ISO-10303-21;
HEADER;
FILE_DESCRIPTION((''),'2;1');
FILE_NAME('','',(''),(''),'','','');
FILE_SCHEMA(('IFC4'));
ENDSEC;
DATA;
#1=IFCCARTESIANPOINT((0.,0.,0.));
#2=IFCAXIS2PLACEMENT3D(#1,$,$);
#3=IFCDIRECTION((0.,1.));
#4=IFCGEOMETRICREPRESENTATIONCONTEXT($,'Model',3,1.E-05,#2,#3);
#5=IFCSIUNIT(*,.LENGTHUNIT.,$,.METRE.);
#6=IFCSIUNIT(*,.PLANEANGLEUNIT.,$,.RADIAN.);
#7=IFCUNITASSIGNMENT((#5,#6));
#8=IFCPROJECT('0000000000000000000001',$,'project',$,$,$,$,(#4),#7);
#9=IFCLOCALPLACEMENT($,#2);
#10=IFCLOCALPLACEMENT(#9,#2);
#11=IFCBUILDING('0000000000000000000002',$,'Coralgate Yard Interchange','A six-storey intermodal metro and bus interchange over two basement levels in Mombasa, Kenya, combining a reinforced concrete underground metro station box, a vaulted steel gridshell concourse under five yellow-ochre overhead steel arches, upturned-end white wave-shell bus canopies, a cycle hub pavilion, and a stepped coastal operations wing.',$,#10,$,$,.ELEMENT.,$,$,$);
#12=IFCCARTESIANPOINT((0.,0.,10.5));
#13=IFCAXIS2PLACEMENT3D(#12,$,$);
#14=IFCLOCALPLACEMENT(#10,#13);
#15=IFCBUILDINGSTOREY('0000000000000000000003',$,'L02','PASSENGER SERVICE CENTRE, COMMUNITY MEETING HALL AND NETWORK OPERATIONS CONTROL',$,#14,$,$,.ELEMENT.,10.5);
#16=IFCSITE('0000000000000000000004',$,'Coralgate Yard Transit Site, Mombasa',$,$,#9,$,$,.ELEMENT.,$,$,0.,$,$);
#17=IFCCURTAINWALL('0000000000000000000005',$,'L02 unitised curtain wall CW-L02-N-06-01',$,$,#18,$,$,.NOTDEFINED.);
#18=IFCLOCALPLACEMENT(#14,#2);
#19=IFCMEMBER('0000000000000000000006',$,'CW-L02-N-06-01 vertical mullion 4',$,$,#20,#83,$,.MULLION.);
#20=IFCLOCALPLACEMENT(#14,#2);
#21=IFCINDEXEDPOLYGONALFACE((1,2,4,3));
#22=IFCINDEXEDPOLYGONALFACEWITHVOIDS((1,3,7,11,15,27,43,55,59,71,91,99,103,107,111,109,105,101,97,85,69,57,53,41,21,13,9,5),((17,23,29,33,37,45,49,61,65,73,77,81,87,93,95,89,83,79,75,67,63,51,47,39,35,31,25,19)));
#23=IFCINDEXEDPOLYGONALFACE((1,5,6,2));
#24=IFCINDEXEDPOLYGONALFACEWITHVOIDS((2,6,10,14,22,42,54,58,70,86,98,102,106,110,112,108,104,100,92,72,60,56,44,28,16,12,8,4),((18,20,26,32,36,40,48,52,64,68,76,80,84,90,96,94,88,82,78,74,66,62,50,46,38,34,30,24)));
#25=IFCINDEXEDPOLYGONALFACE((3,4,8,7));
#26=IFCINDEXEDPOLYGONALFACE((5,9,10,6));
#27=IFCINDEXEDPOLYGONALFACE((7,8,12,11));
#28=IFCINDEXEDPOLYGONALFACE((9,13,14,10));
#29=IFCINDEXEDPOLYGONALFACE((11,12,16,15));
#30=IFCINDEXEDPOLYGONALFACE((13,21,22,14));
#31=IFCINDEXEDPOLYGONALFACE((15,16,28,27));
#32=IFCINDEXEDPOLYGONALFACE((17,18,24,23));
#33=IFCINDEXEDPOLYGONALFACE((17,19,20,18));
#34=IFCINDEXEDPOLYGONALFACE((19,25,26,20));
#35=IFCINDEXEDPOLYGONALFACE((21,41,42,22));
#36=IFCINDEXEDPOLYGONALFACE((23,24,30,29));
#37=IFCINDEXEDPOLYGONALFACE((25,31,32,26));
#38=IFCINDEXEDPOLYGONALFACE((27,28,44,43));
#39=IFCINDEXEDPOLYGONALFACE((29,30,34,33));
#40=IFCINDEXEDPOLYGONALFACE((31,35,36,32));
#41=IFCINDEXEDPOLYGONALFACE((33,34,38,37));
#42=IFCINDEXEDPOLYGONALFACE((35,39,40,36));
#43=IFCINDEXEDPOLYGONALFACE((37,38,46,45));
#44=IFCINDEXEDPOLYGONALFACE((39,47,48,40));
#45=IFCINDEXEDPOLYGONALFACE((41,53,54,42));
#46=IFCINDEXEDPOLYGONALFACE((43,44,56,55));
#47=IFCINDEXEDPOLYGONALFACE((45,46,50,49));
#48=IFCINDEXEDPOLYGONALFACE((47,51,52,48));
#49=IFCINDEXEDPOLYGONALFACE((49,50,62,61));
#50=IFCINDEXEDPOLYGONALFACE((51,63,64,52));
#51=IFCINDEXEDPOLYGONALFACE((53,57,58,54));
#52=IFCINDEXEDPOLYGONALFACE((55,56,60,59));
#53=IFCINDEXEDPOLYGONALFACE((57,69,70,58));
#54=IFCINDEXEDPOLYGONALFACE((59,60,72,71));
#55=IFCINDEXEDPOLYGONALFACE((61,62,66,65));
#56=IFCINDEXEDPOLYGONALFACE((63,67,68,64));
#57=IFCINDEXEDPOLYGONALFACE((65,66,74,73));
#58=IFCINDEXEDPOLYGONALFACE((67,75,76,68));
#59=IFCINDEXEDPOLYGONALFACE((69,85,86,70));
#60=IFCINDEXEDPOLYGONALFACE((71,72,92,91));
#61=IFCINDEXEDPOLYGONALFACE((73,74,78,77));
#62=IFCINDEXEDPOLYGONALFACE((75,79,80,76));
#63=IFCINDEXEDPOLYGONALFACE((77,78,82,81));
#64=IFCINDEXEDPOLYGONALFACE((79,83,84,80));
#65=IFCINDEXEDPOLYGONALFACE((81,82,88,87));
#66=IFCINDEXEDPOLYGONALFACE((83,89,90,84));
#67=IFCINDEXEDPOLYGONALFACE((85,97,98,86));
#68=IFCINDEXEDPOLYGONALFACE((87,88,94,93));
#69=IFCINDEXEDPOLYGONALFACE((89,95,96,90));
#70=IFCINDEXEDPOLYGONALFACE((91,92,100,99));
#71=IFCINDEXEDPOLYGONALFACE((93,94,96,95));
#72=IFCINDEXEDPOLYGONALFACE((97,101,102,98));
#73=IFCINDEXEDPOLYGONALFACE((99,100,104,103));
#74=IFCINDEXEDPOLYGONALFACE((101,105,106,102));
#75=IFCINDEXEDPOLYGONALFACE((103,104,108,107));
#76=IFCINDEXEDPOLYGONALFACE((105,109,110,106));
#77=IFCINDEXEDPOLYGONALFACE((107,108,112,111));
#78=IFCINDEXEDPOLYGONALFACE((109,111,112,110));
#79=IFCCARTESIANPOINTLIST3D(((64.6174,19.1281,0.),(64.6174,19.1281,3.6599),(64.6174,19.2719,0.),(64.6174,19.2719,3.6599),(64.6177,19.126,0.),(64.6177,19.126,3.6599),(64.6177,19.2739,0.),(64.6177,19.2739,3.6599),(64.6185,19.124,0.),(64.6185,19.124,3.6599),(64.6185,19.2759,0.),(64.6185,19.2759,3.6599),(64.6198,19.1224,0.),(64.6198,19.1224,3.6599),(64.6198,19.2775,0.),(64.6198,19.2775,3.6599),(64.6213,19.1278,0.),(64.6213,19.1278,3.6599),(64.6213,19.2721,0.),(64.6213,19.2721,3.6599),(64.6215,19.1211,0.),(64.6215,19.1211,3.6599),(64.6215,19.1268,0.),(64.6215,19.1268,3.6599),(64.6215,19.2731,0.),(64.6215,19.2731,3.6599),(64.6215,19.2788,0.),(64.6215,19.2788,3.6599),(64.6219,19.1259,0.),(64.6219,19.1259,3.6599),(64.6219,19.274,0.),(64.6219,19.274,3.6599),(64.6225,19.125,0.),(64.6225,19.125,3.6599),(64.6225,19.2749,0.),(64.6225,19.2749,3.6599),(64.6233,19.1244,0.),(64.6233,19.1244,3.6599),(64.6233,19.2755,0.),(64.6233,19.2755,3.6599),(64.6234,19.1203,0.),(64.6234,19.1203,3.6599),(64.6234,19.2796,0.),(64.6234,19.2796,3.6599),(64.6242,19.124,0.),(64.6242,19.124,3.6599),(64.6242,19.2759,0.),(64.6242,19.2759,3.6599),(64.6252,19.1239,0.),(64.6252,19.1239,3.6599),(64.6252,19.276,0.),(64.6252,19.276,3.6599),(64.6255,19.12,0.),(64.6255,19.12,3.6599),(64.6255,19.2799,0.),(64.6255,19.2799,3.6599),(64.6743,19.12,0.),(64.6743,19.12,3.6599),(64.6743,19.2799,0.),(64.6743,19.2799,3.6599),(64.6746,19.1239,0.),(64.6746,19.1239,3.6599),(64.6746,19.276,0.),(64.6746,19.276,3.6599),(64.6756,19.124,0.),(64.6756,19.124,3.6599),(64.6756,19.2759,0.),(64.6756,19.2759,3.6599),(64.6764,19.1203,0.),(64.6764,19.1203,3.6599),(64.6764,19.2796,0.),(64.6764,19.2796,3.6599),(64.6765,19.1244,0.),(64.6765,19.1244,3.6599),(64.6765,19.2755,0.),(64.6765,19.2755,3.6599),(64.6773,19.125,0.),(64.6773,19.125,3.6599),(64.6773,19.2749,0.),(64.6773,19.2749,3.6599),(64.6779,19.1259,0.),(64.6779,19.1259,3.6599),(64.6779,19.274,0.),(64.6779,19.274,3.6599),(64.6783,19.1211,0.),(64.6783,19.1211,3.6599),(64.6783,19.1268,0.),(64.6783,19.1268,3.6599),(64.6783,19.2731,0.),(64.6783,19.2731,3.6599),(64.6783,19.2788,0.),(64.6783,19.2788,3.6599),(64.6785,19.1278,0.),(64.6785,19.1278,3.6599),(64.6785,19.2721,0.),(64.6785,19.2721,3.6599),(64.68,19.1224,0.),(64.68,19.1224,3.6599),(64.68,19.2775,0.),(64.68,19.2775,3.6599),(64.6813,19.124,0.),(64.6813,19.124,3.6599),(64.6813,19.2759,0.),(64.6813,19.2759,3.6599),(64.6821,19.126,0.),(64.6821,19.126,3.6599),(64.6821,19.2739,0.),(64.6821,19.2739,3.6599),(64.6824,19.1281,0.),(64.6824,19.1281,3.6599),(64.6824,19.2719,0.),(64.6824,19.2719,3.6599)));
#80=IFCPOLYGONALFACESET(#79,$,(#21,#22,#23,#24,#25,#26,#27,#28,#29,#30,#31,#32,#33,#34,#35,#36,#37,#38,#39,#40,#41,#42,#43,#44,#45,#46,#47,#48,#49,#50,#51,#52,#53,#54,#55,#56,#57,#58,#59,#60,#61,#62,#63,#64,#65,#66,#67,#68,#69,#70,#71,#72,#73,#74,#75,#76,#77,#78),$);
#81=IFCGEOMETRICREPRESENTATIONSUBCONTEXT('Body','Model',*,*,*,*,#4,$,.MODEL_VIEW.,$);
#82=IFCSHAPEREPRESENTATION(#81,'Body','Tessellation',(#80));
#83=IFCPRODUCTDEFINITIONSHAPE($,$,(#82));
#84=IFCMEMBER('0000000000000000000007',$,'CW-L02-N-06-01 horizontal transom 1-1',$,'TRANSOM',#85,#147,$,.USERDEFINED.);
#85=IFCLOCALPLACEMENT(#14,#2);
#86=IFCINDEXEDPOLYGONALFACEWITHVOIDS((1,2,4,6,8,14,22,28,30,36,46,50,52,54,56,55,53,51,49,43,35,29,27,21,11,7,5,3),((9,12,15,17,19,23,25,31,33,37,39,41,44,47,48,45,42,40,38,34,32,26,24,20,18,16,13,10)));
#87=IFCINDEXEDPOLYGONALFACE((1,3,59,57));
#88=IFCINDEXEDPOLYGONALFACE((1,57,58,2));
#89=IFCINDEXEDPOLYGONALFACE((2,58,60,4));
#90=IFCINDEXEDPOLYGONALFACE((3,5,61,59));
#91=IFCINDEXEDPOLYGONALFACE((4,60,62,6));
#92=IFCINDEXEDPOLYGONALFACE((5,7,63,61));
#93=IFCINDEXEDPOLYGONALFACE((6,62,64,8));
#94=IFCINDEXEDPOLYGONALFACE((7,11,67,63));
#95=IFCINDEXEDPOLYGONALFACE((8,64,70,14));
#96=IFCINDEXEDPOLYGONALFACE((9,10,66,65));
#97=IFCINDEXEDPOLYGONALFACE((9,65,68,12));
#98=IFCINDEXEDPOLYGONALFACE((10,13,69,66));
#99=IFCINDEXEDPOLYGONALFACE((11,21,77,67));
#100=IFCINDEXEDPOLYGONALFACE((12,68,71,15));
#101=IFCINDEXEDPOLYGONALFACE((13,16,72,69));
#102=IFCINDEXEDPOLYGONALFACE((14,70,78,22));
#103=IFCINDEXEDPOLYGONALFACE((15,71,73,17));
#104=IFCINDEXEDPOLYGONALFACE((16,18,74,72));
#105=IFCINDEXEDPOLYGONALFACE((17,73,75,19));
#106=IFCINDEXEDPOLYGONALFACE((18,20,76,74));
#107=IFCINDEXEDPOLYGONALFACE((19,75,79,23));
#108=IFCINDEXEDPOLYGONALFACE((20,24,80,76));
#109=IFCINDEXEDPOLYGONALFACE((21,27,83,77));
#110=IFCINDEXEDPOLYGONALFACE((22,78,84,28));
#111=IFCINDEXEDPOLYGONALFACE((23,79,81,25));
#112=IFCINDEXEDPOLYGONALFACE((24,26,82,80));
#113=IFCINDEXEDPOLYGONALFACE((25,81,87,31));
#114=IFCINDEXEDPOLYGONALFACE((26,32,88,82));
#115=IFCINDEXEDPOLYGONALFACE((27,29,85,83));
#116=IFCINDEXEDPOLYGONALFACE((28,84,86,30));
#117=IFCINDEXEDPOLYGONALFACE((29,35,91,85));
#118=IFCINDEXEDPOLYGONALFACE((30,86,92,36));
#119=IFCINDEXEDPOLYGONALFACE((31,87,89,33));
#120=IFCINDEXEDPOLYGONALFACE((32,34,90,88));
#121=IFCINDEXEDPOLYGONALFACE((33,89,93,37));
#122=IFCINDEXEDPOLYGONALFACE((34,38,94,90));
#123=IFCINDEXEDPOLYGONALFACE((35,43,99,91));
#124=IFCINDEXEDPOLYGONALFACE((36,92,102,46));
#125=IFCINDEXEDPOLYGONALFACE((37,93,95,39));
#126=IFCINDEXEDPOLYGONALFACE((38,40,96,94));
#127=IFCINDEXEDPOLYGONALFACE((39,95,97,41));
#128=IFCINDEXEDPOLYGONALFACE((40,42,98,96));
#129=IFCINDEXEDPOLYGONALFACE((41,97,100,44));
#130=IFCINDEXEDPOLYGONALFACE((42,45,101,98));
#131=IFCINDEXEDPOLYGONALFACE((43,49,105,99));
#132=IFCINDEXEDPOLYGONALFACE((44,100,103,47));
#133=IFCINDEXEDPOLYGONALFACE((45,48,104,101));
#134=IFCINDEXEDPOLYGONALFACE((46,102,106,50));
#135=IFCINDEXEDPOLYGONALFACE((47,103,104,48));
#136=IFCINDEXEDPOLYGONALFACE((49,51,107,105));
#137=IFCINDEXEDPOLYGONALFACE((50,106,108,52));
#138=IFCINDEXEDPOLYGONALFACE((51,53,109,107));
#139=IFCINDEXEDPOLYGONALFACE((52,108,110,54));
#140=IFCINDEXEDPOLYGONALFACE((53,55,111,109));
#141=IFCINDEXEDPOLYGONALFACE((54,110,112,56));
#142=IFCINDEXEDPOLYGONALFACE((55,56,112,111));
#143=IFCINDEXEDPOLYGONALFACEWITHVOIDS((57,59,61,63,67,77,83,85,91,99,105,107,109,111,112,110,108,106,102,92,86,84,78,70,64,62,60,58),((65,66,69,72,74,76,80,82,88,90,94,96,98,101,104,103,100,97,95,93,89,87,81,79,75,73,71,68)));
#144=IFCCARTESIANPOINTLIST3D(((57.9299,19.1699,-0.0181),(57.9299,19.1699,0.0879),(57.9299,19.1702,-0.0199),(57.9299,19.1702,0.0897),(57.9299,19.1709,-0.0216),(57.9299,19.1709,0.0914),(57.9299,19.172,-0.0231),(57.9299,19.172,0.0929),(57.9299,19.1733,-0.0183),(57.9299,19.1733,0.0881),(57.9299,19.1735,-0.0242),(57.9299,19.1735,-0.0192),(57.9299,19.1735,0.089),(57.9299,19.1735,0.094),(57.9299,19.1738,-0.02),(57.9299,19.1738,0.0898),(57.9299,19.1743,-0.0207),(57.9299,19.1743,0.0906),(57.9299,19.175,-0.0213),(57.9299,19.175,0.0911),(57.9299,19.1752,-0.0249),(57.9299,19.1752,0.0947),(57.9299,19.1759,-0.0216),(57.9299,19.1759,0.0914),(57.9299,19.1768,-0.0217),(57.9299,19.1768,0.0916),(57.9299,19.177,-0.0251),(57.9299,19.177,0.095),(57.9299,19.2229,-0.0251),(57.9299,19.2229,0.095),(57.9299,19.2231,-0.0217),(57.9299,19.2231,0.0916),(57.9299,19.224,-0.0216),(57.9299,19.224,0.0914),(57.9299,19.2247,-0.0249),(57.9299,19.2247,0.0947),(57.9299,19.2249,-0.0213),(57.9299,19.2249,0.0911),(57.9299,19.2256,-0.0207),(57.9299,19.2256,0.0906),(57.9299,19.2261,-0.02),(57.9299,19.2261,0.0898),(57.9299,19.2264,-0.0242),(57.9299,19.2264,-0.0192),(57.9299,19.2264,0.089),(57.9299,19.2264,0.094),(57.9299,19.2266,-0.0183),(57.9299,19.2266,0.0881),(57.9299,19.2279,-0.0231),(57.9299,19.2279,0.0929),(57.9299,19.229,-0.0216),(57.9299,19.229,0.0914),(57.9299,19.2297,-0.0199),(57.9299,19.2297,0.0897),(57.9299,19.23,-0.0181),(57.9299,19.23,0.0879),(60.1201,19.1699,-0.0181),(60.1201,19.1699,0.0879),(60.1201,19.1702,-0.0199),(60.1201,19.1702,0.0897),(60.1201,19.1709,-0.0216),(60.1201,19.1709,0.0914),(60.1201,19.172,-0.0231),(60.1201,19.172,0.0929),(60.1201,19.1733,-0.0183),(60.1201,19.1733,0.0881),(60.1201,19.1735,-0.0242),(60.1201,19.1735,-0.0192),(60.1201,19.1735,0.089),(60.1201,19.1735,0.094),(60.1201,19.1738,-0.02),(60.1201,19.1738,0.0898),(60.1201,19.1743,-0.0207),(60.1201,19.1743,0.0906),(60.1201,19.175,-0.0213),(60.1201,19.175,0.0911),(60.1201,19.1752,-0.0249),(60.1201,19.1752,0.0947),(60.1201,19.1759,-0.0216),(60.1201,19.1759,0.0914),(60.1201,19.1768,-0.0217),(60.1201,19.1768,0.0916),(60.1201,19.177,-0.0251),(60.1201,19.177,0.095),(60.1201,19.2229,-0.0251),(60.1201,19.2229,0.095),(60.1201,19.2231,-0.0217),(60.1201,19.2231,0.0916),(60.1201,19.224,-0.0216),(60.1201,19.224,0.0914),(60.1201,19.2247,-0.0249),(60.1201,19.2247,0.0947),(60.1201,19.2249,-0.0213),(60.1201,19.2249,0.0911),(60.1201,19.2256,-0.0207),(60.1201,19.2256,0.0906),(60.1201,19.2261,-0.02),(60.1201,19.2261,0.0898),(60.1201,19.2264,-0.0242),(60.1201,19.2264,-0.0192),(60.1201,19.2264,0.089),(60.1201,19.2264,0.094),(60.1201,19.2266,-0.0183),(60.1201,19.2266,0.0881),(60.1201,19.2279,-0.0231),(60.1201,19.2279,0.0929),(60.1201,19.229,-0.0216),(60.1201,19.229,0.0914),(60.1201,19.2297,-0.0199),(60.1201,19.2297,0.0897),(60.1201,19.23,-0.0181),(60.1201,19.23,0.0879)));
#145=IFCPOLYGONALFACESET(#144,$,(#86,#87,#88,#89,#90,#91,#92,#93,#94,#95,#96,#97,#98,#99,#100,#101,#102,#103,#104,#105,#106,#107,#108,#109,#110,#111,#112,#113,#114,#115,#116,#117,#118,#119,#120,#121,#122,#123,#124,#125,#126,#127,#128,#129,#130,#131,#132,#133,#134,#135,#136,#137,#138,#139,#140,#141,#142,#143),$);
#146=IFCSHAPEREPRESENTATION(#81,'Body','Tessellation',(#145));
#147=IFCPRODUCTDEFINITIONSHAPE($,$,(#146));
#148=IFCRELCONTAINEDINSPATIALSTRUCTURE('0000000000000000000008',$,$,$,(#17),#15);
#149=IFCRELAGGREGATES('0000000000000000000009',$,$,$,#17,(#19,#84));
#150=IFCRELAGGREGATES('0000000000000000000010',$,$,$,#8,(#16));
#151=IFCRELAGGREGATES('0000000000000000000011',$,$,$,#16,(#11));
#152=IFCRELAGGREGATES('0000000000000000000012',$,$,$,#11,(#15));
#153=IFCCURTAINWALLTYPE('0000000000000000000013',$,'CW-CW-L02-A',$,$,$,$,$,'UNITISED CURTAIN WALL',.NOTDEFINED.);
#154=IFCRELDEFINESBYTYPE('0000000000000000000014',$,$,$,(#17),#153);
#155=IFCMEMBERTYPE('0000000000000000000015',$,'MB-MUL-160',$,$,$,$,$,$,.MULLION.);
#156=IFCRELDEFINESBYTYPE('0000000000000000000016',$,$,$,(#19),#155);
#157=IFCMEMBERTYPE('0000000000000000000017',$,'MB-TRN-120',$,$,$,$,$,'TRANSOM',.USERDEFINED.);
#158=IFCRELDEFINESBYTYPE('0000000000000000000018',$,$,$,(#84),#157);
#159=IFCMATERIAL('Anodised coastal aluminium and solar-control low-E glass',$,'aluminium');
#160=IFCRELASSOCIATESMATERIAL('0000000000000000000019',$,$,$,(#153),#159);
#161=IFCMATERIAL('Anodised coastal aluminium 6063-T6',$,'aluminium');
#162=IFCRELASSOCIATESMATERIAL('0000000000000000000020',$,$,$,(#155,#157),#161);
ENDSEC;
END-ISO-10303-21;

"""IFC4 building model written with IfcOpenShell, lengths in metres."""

from ifc_helpers import new_model, si_unit, direction, frame, origin, origin_2d, place, context, subcontext, project, spatial, hollow_rectangle, extrude, material, material_profile, profile_set, type_object, element, aggregate, save


model = new_model("IFC4")

# Units and contexts
model_context = context("Model", 3, precision=1e-05, world=origin(), true_north=direction((0.0, 1.0)))
body_context = subcontext(model_context, "Body", "Model", "MODEL_VIEW")
ifc_project = project(units=[si_unit("LENGTHUNIT", "METRE"), si_unit("PLANEANGLEUNIT", "RADIAN")], contexts=[model_context])

# Site, building, storey
site_placement = place(None, origin())
site = spatial("IfcSite", under=ifc_project, at=site_placement, Name="Coralgate Yard Transit Site, Mombasa", CompositionType="ELEMENT", RefElevation=0.0)
building_placement = place(site_placement, origin())
building = spatial("IfcBuilding", under=site, at=building_placement, Name="Coralgate Yard Interchange", Description="A six-storey intermodal metro and bus interchange over two basement levels in Mombasa, Kenya, combining a reinforced concrete underground metro station box, a vaulted steel gridshell concourse under five yellow-ochre overhead steel arches, upturned-end white wave-shell bus canopies, a cycle hub pavilion, and a stepped coastal operations wing.", CompositionType="ELEMENT")
storey_placement = place(building_placement, frame((0.0, 0.0, 10.5)))
storey = spatial("IfcBuildingStorey", under=building, at=storey_placement, Name="L02", Description="PASSENGER SERVICE CENTRE, COMMUNITY MEETING HALL AND NETWORK OPERATIONS CONTROL", CompositionType="ELEMENT", Elevation=10.5)

# Shared definitions
ifc_material_1 = material(Name="Anodised coastal aluminium and solar-control low-E glass", Category="aluminium")
curtain_wall_type = type_object("IfcCurtainWallType", Name="CW-CW-L02-A", ElementType="UNITISED CURTAIN WALL", PredefinedType="NOTDEFINED", material=ifc_material_1)
ifc_material_2 = material(Name="Anodised coastal aluminium 6063-T6", Category="aluminium")
ifc_material_profile_1 = material_profile(ifc_material_2, hollow_rectangle(XDim=0.0649, YDim=0.1599, WallThickness=0.0039, InnerFilletRadius=0.0039, OuterFilletRadius=0.0081, at=origin_2d()), Name="ALU 65x160x4")
ifc_profile_set_1 = profile_set([ifc_material_profile_1], Name="Anodised coastal aluminium 6063-T6")
member_type_1 = type_object("IfcMemberType", Name="MB-MUL-160", PredefinedType="MULLION", material=ifc_profile_set_1)

# Curtain wall, members
curtain_wall_1_placement = place(storey_placement, origin())
curtain_wall_1 = element("IfcCurtainWall", 1, at=curtain_wall_1_placement, inside=storey, type_object=curtain_wall_type, Name="L02 unitised curtain wall CW-L02-N-06-01", PredefinedType="NOTDEFINED")
member_1_placement = place(storey_placement, frame((64.6499, 19.2, 0.0), z_axis=(0.0, 0.0, 1.0), x_axis=(1.0, 0.0, 0.0)))
member_1 = element("IfcMember", 2, at=member_1_placement, type_object=member_type_1, Name="CW-L02-N-06-01 vertical mullion 4", PredefinedType="MULLION", context=body_context, shape_type="SweptSolid", body=[
    extrude(hollow_rectangle(XDim=0.0649, YDim=0.1599, WallThickness=0.0039, InnerFilletRadius=0.0039, OuterFilletRadius=0.0081, at=origin_2d()), origin(), (0.0, 0.0, 1.0), 3.6599),
])
ifc_material_profile_2 = material_profile(ifc_material_2, hollow_rectangle(XDim=0.0601, YDim=0.1201, WallThickness=0.0034, InnerFilletRadius=0.0034, OuterFilletRadius=0.0071, at=origin_2d()), Name="ALU 60x120x3.5")
ifc_profile_set_2 = profile_set([ifc_material_profile_2], Name="Anodised coastal aluminium 6063-T6")
member_type_2 = type_object("IfcMemberType", Name="MB-TRN-120", ElementType="TRANSOM", PredefinedType="USERDEFINED", material=ifc_profile_set_2)
member_2_placement = place(storey_placement, frame((57.9299, 19.2, 0.0349), z_axis=(1.0, 0.0, 0.0), x_axis=(0.0, 1.0, 0.0)))
member_2 = element("IfcMember", 3, at=member_2_placement, type_object=member_type_2, Name="CW-L02-N-06-01 horizontal transom 1-1", ObjectType="TRANSOM", PredefinedType="USERDEFINED", context=body_context, shape_type="SweptSolid", body=[
    extrude(hollow_rectangle(XDim=0.0601, YDim=0.1201, WallThickness=0.0034, InnerFilletRadius=0.0034, OuterFilletRadius=0.0071, at=origin_2d()), origin(), (0.0, 0.0, 1.0), 2.1902),
])
aggregate(curtain_wall_1, [member_1, member_2])

save(model, "model.ifc")
